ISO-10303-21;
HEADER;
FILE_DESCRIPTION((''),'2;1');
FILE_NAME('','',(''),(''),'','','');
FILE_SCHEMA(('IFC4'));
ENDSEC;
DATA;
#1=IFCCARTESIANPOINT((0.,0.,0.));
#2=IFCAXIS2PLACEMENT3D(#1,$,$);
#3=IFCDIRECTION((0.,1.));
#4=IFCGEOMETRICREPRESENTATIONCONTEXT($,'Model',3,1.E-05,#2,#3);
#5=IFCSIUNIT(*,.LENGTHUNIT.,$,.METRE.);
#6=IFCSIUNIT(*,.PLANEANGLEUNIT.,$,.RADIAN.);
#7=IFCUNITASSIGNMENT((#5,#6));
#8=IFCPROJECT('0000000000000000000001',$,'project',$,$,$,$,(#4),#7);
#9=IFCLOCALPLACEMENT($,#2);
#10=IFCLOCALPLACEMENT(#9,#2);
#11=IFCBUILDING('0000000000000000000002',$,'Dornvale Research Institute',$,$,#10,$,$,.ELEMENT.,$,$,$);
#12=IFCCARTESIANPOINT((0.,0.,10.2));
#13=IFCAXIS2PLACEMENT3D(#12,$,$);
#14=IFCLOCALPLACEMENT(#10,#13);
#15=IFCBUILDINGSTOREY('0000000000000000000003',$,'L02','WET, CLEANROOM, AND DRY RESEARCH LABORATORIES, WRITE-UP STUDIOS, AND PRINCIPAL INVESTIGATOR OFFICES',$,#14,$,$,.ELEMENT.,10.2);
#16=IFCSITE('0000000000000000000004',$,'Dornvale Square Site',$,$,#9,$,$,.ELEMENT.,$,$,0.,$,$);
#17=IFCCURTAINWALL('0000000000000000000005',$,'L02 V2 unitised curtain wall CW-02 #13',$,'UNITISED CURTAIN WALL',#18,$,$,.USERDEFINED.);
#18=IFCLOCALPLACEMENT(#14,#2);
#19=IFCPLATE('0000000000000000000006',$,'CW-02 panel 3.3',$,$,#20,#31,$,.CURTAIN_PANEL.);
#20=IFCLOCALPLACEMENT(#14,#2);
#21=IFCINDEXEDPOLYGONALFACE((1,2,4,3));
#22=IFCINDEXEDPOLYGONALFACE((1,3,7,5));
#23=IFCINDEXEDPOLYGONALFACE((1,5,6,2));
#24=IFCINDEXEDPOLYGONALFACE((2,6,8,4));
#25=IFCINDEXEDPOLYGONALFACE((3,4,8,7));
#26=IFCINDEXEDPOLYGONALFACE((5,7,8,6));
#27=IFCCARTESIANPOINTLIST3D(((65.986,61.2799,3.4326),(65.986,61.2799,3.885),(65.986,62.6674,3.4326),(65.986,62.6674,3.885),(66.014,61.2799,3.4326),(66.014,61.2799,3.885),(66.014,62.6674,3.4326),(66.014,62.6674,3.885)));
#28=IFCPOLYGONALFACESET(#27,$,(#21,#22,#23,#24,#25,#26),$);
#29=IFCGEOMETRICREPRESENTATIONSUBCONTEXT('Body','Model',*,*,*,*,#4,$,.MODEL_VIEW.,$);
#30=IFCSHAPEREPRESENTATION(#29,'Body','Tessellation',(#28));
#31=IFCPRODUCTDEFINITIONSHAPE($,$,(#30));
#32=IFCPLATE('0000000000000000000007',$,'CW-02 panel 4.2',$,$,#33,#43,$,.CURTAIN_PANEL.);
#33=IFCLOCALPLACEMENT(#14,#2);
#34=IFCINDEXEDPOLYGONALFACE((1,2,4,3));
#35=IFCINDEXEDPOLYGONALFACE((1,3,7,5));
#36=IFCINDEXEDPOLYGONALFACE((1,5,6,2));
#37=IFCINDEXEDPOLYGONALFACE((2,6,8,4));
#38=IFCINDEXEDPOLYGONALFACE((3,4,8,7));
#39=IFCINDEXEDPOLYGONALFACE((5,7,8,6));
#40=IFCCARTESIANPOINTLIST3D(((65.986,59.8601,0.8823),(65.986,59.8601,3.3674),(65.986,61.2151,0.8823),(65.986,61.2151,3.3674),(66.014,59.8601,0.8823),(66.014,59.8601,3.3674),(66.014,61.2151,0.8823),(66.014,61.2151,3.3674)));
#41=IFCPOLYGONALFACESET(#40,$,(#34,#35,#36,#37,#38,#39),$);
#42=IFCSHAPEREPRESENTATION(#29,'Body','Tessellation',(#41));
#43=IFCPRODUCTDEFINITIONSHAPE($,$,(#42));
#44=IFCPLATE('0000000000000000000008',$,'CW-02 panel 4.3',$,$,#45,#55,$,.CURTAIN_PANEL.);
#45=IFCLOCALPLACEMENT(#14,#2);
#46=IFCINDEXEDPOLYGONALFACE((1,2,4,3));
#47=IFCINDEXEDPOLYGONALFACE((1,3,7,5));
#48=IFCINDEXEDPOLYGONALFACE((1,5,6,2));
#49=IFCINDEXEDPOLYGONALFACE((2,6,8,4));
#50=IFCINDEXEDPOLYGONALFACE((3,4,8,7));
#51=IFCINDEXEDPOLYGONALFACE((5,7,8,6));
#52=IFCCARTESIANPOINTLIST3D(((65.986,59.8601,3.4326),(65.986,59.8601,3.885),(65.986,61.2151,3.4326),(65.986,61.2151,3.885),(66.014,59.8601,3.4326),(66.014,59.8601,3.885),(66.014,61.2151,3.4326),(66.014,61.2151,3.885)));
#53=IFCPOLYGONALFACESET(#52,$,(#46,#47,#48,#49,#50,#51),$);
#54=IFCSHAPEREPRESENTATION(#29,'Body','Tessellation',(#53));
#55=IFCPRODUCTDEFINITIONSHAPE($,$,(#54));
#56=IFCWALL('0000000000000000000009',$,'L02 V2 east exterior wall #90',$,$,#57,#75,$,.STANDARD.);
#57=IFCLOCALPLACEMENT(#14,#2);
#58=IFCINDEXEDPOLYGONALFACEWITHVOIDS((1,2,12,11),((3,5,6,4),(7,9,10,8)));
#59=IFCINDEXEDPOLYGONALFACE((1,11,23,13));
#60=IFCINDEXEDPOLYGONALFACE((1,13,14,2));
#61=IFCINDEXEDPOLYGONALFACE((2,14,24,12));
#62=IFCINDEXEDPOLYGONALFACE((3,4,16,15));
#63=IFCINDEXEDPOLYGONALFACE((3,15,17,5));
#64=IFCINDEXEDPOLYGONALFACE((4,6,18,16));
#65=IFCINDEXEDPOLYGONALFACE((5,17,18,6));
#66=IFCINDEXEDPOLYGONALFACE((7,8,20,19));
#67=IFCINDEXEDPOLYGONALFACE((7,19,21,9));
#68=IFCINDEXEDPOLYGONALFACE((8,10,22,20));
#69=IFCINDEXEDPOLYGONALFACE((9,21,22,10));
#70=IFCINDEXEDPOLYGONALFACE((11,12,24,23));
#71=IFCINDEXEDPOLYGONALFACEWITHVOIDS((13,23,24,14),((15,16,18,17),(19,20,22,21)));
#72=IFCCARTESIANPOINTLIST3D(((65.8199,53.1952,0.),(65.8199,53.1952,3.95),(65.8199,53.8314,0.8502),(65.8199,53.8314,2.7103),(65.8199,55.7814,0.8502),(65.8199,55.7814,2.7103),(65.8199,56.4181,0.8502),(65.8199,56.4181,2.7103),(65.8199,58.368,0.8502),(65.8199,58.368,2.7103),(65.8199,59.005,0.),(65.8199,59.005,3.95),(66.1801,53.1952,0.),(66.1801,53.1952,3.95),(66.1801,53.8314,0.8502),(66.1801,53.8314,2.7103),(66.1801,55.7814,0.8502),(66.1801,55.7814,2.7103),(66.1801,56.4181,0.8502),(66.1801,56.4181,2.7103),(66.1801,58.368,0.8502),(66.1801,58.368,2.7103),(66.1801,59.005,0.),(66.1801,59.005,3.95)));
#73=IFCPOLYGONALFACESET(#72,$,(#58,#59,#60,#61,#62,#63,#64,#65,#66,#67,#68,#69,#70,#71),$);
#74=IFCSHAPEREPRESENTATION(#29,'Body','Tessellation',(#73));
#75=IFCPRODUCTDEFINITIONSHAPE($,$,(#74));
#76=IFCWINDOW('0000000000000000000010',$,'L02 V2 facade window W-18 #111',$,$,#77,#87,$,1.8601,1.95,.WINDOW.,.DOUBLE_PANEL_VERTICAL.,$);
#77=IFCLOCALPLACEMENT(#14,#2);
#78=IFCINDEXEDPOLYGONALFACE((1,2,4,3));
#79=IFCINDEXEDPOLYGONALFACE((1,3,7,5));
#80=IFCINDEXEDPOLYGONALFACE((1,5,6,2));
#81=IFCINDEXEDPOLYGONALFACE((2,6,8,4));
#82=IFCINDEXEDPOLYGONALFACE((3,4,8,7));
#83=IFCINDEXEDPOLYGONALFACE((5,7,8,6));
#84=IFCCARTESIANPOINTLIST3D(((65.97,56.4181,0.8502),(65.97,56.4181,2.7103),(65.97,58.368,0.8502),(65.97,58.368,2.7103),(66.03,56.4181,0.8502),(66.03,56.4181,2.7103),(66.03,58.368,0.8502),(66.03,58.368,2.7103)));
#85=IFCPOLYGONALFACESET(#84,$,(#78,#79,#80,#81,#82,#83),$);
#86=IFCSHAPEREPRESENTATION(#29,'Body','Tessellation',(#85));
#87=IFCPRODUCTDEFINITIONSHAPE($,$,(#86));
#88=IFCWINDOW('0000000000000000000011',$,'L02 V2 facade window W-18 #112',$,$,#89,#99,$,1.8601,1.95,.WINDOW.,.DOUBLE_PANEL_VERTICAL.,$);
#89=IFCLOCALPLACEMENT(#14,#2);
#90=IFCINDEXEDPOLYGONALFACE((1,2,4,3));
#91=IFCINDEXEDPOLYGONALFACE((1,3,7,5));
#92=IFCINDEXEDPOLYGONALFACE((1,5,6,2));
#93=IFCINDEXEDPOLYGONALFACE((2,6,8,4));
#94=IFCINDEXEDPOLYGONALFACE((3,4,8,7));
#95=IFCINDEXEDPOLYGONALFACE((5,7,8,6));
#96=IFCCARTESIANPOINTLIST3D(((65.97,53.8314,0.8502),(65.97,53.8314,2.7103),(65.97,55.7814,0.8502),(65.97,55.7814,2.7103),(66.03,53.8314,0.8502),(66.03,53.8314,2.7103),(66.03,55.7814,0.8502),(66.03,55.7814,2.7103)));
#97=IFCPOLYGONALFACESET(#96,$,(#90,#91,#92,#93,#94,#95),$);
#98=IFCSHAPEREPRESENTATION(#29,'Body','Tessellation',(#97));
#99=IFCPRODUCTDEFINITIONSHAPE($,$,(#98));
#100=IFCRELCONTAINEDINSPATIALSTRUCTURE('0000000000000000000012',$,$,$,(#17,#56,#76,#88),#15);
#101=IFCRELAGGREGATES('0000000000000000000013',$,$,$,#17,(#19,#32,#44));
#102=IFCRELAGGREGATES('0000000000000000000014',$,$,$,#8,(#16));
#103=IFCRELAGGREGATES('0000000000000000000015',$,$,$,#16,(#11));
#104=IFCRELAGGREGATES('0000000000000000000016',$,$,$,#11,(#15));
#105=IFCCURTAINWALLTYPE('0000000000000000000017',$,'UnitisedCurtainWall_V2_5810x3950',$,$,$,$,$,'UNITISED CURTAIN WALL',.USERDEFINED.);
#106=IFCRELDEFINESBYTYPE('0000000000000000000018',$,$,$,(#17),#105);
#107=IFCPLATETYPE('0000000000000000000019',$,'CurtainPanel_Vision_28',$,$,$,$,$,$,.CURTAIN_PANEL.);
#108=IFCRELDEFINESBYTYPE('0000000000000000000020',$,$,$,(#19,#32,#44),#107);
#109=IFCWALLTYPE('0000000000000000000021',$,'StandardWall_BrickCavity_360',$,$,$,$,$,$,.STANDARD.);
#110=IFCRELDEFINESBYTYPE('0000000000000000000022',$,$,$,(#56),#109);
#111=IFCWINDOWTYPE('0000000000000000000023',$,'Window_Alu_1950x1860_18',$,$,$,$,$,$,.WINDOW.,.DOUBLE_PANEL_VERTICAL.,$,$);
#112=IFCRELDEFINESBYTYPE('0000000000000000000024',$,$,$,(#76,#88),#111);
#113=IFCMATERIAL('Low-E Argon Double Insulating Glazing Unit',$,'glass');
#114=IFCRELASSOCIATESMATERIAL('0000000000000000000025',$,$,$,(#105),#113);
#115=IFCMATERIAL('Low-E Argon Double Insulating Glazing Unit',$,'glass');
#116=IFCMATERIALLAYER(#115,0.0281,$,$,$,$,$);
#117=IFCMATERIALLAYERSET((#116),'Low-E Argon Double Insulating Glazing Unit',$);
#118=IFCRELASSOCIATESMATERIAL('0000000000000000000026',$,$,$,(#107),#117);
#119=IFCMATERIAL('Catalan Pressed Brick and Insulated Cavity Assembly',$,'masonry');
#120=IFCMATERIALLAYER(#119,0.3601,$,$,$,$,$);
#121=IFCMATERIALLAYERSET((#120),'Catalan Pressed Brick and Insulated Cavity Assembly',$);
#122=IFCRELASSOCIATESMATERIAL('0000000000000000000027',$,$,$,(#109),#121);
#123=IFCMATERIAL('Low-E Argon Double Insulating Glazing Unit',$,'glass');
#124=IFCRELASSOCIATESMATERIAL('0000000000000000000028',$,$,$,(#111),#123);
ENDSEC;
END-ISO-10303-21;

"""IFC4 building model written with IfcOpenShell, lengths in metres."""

from ifc_helpers import new_model, si_unit, direction, frame, frame_2d, origin, origin_2d, place, context, subcontext, project, spatial, rectangle, extrude, material, layer, layer_set, type_object, element, fill, aggregate, save


model = new_model("IFC4")

# Units and contexts
model_context = context("Model", 3, precision=1e-05, world=origin(), true_north=direction((0.0, 1.0)))
body_context = subcontext(model_context, "Body", "Model", "MODEL_VIEW")
ifc_project = project(units=[si_unit("LENGTHUNIT", "METRE"), si_unit("PLANEANGLEUNIT", "RADIAN")], contexts=[model_context])

# Site, building, storey
site_placement = place(None, origin())
site = spatial("IfcSite", under=ifc_project, at=site_placement, Name="Dornvale Square Site", CompositionType="ELEMENT", RefElevation=0.0)
building_placement = place(site_placement, origin())
building = spatial("IfcBuilding", under=site, at=building_placement, Name="Dornvale Research Institute", CompositionType="ELEMENT")
storey_placement = place(building_placement, frame((0.0, 0.0, 10.2)))
storey = spatial("IfcBuildingStorey", under=building, at=storey_placement, Name="L02", Description="WET, CLEANROOM, AND DRY RESEARCH LABORATORIES, WRITE-UP STUDIOS, AND PRINCIPAL INVESTIGATOR OFFICES", CompositionType="ELEMENT", Elevation=10.2)

# Curtain wall
ifc_material_1 = material(Name="Low-E Argon Double Insulating Glazing Unit", Category="glass")
curtain_wall_type = type_object("IfcCurtainWallType", Name="UnitisedCurtainWall_V2_5810x3950", ElementType="UNITISED CURTAIN WALL", PredefinedType="USERDEFINED", material=ifc_material_1)
curtain_wall_1_placement = place(storey_placement, origin())
curtain_wall_1 = element("IfcCurtainWall", 1, at=curtain_wall_1_placement, inside=storey, type_object=curtain_wall_type, Name="L02 V2 unitised curtain wall CW-02 #13", ObjectType="UNITISED CURTAIN WALL", PredefinedType="USERDEFINED")

# Plates
ifc_material_2 = material(Name="Low-E Argon Double Insulating Glazing Unit", Category="glass")
ifc_layer_1 = layer(ifc_material_2, 0.0281)
ifc_layer_set_1 = layer_set([ifc_layer_1], Name="Low-E Argon Double Insulating Glazing Unit")
plate_type_1 = type_object("IfcPlateType", Name="CurtainPanel_Vision_28", PredefinedType="CURTAIN_PANEL", material=ifc_layer_set_1)
plate_1_placement = place(storey_placement, frame((66.0, 61.9736, 3.4326), z_axis=(0.0, 0.0, 1.0), x_axis=(0.0, -1.0, 0.0)))
plate_1 = element("IfcPlate", 2, at=plate_1_placement, type_object=plate_type_1, Name="CW-02 panel 3.3", PredefinedType="CURTAIN_PANEL", context=body_context, shape_type="SweptSolid", body=[
    extrude(rectangle(XDim=1.3875, YDim=0.0281, at=origin_2d()), origin(), (0.0, 0.0, 1.0), 0.4524),
])
plate_2_placement = place(storey_placement, frame((66.0, 60.5376, 0.8823), z_axis=(0.0, 0.0, 1.0), x_axis=(0.0, -1.0, 0.0)))
plate_2 = element("IfcPlate", 3, at=plate_2_placement, type_object=plate_type_1, Name="CW-02 panel 4.2", PredefinedType="CURTAIN_PANEL", context=body_context, shape_type="SweptSolid", body=[
    extrude(rectangle(XDim=1.355, YDim=0.0281, at=origin_2d()), origin(), (0.0, 0.0, 1.0), 2.4851),
])
plate_3_placement = place(storey_placement, frame((66.0, 60.5376, 3.4326), z_axis=(0.0, 0.0, 1.0), x_axis=(0.0, -1.0, 0.0)))
plate_3 = element("IfcPlate", 4, at=plate_3_placement, type_object=plate_type_1, Name="CW-02 panel 4.3", PredefinedType="CURTAIN_PANEL", context=body_context, shape_type="SweptSolid", body=[
    extrude(rectangle(XDim=1.355, YDim=0.0281, at=origin_2d()), origin(), (0.0, 0.0, 1.0), 0.4524),
])
aggregate(curtain_wall_1, [plate_1, plate_2, plate_3])

# Wall, openings, windows
ifc_material_3 = material(Name="Catalan Pressed Brick and Insulated Cavity Assembly", Category="masonry")
ifc_layer_2 = layer(ifc_material_3, 0.3601)
ifc_layer_set_2 = layer_set([ifc_layer_2], Name="Catalan Pressed Brick and Insulated Cavity Assembly")
wall_type = type_object("IfcWallType", Name="StandardWall_BrickCavity_360", PredefinedType="STANDARD", material=ifc_layer_set_2)
wall_placement = place(storey_placement, frame((66.0, 59.0049, 0.0), z_axis=(0.0, 0.0, 1.0), x_axis=(0.0, -1.0, 0.0)))
wall = element("IfcWall", 5, at=wall_placement, inside=storey, type_object=wall_type, Name="L02 V2 east exterior wall #90", PredefinedType="STANDARD", context=body_context, shape_type="SweptSolid", body=[
    extrude(rectangle(XDim=5.8098, YDim=0.3601, at=frame_2d((2.9048, 0.0))), origin(), (0.0, 0.0, 1.0), 3.95),
])
opening_1_placement = place(wall_placement, frame((0.6367, 0.0, 0.8501)))
opening_1 = element("IfcOpeningElement", 6, at=opening_1_placement, cuts=wall, PredefinedType="OPENING", context=body_context, shape_type="SweptSolid", body=[
    extrude(rectangle(XDim=1.95, YDim=1.8601, at=frame_2d((0.9751, 0.9302))), frame((0.0, 0.1951, 0.0), z_axis=(0.0, -1.0, 0.0), x_axis=(1.0, 0.0, 0.0)), (0.0, 0.0, 1.0), 0.3901),
])
opening_2_placement = place(wall_placement, frame((3.2234, 0.0, 0.8501)))
opening_2 = element("IfcOpeningElement", 7, at=opening_2_placement, cuts=wall, PredefinedType="OPENING", context=body_context, shape_type="SweptSolid", body=[
    extrude(rectangle(XDim=1.95, YDim=1.8601, at=frame_2d((0.9751, 0.9302))), frame((0.0, 0.1951, 0.0), z_axis=(0.0, -1.0, 0.0), x_axis=(1.0, 0.0, 0.0)), (0.0, 0.0, 1.0), 0.3901),
])
ifc_material_4 = material(Name="Low-E Argon Double Insulating Glazing Unit", Category="glass")
window_type = type_object("IfcWindowType", Name="Window_Alu_1950x1860_18", PartitioningType="DOUBLE_PANEL_VERTICAL", PredefinedType="WINDOW", material=ifc_material_4)
window_1_placement = place(opening_1_placement, origin())
window_1 = element("IfcWindow", 8, at=window_1_placement, inside=storey, type_object=window_type, Name="L02 V2 facade window W-18 #111", OverallHeight=1.8601, OverallWidth=1.95, PartitioningType="DOUBLE_PANEL_VERTICAL", PredefinedType="WINDOW", context=body_context, shape_type="SweptSolid", body=[
    extrude(rectangle(XDim=1.95, YDim=1.8601, at=frame_2d((0.9751, 0.9302))), frame((0.0, 0.03, 0.0), z_axis=(0.0, -1.0, 0.0), x_axis=(1.0, 0.0, 0.0)), (0.0, 0.0, 1.0), 0.0601),
])
fill(opening_1, window_1)
window_2_placement = place(opening_2_placement, origin())
window_2 = element("IfcWindow", 9, at=window_2_placement, inside=storey, type_object=window_type, Name="L02 V2 facade window W-18 #112", OverallHeight=1.8601, OverallWidth=1.95, PartitioningType="DOUBLE_PANEL_VERTICAL", PredefinedType="WINDOW", context=body_context, shape_type="SweptSolid", body=[
    extrude(rectangle(XDim=1.95, YDim=1.8601, at=frame_2d((0.9751, 0.9302))), frame((0.0, 0.03, 0.0), z_axis=(0.0, -1.0, 0.0), x_axis=(1.0, 0.0, 0.0)), (0.0, 0.0, 1.0), 0.0601),
])
fill(opening_2, window_2)

save(model, "model.ifc")
